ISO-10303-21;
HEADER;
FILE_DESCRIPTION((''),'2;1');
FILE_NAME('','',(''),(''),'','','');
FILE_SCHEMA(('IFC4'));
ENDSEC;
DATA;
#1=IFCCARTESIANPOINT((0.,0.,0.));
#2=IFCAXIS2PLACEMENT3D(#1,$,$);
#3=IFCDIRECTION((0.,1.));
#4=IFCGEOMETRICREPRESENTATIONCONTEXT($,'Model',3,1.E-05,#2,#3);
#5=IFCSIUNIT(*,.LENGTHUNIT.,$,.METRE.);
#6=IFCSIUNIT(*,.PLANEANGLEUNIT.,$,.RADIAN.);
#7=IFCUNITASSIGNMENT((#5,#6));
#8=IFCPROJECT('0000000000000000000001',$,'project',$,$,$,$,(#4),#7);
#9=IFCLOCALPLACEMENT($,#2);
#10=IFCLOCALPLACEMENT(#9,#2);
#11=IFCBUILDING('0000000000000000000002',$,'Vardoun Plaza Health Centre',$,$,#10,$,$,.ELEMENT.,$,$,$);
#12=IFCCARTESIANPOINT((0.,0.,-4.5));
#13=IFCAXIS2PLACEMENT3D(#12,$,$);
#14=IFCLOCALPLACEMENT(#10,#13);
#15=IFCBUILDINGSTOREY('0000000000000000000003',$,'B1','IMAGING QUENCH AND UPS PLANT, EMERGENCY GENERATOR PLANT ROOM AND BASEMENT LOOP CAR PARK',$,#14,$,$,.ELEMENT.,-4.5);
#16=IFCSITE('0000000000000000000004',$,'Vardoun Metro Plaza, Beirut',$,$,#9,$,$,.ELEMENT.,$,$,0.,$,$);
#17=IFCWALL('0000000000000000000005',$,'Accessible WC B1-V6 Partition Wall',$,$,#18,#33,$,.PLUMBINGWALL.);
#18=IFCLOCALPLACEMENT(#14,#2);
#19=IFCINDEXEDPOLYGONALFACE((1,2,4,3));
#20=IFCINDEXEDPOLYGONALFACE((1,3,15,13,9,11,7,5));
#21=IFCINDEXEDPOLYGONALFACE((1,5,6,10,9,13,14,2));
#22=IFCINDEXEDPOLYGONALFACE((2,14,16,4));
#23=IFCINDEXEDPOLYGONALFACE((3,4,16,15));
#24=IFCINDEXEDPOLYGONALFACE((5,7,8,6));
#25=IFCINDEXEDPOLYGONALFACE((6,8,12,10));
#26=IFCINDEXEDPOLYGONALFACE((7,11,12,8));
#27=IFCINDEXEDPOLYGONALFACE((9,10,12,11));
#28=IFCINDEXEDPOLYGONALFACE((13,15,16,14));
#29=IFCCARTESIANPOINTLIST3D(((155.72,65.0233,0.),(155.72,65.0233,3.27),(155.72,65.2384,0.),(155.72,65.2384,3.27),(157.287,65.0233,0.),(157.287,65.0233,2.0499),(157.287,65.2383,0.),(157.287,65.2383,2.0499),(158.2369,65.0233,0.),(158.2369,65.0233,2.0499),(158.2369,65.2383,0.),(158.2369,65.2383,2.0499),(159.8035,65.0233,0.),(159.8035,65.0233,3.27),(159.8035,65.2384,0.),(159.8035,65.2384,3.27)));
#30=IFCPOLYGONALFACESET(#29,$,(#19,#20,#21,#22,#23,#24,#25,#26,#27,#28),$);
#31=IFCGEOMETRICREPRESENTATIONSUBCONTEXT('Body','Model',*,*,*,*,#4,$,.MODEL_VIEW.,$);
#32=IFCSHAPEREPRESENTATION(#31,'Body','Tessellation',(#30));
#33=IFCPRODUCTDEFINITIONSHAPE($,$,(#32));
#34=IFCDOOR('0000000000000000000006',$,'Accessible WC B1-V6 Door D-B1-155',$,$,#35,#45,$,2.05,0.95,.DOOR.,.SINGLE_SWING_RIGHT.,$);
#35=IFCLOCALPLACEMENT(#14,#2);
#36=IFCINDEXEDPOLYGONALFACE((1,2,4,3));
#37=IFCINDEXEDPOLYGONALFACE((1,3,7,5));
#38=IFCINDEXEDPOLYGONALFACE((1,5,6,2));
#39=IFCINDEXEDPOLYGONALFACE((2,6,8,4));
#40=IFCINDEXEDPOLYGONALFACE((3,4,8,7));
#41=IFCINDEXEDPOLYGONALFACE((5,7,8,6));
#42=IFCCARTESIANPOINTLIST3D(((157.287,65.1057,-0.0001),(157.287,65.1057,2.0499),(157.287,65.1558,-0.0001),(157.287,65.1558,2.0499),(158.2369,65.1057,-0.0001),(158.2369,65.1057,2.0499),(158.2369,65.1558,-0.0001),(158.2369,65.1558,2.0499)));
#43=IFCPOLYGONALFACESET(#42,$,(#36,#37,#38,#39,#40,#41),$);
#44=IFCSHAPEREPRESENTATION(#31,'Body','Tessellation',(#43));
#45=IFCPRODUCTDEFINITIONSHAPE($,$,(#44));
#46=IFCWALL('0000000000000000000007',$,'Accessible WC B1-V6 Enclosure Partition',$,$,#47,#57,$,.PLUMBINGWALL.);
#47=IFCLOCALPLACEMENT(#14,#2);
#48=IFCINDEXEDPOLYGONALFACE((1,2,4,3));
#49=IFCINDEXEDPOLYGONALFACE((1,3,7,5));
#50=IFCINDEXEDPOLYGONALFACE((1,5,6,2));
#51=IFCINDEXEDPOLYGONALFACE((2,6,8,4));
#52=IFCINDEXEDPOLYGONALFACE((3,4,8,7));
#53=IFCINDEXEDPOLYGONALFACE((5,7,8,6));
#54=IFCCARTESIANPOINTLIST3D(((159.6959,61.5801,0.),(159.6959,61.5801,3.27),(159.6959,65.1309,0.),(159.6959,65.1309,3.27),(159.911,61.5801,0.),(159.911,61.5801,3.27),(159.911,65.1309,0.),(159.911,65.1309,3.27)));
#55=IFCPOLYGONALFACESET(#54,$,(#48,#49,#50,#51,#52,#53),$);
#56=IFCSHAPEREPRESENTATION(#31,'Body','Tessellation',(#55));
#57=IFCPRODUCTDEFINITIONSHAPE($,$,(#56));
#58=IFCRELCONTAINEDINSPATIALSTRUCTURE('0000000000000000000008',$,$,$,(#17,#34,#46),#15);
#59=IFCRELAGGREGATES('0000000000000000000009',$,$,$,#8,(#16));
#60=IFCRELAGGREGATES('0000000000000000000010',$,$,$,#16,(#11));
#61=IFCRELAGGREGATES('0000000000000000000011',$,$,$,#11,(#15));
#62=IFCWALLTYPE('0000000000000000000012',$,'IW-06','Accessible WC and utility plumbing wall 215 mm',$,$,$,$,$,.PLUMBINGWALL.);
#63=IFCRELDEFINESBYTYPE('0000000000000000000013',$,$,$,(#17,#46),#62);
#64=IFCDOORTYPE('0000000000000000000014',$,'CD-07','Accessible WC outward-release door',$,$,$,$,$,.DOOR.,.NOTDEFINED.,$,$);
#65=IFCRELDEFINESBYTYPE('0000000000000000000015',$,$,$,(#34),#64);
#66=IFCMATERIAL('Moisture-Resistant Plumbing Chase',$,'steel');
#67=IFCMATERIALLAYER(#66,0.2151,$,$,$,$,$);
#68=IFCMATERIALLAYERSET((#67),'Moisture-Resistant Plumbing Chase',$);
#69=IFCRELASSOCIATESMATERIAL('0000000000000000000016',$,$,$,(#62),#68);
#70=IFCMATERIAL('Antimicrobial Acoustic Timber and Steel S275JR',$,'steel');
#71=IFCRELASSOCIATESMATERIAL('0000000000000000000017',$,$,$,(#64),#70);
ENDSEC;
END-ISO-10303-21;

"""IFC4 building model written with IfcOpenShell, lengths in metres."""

from ifc_helpers import new_model, si_unit, direction, frame, frame_2d, origin, place, context, subcontext, project, spatial, rectangle, extrude, material, layer, layer_set, type_object, element, fill, save


model = new_model("IFC4")

# Units and contexts
model_context = context("Model", 3, precision=1e-05, world=origin(), true_north=direction((0.0, 1.0)))
body_context = subcontext(model_context, "Body", "Model", "MODEL_VIEW")
ifc_project = project(units=[si_unit("LENGTHUNIT", "METRE"), si_unit("PLANEANGLEUNIT", "RADIAN")], contexts=[model_context])

# Site, building, storey
site_placement = place(None, origin())
site = spatial("IfcSite", under=ifc_project, at=site_placement, Name="Vardoun Metro Plaza, Beirut", CompositionType="ELEMENT", RefElevation=0.0)
building_placement = place(site_placement, origin())
building = spatial("IfcBuilding", under=site, at=building_placement, Name="Vardoun Plaza Health Centre", CompositionType="ELEMENT")
storey_placement = place(building_placement, frame((0.0, 0.0, -4.5)))
storey = spatial("IfcBuildingStorey", under=building, at=storey_placement, Name="B1", Description="IMAGING QUENCH AND UPS PLANT, EMERGENCY GENERATOR PLANT ROOM AND BASEMENT LOOP CAR PARK", CompositionType="ELEMENT", Elevation=-4.5)

# Wall, opening, door
ifc_material_1 = material(Name="Moisture-Resistant Plumbing Chase", Category="steel")
ifc_layer_1 = layer(ifc_material_1, 0.2151)
ifc_layer_set_1 = layer_set([ifc_layer_1], Name="Moisture-Resistant Plumbing Chase")
wall_type_1 = type_object("IfcWallType", Name="IW-06", Description="Accessible WC and utility plumbing wall 215 mm", PredefinedType="PLUMBINGWALL", material=ifc_layer_set_1)
wall_1_placement = place(storey_placement, frame((155.72, 65.1309, 0.0), z_axis=(0.0, 0.0, 1.0), x_axis=(1.0, 0.0, 0.0)))
wall_1 = element("IfcWall", 1, at=wall_1_placement, inside=storey, type_object=wall_type_1, Name="Accessible WC B1-V6 Partition Wall", PredefinedType="PLUMBINGWALL", context=body_context, shape_type="SweptSolid", body=[
    extrude(rectangle(XDim=4.0835, YDim=0.2151, at=frame_2d((2.0417, 0.0))), origin(), (0.0, 0.0, 1.0), 3.27),
])
opening_1_placement = place(wall_1_placement, frame((1.5669, 0.0, 0.0)))
opening_1 = element("IfcOpeningElement", 2, at=opening_1_placement, cuts=wall_1, PredefinedType="OPENING", context=body_context, shape_type="SweptSolid", body=[
    extrude(rectangle(XDim=0.95, YDim=2.05, at=frame_2d((0.4751, 1.0249))), frame((0.0, 0.1074, 0.0), z_axis=(0.0, -1.0, 0.0), x_axis=(1.0, 0.0, 0.0)), (0.0, 0.0, 1.0), 0.2151),
])
ifc_material_2 = material(Name="Antimicrobial Acoustic Timber and Steel S275JR", Category="steel")
door_type_1 = type_object("IfcDoorType", Name="CD-07", Description="Accessible WC outward-release door", OperationType="NOTDEFINED", PredefinedType="DOOR", material=ifc_material_2)
door_1_placement = place(opening_1_placement, origin())
door_1 = element("IfcDoor", 3, at=door_1_placement, inside=storey, type_object=door_type_1, Name="Accessible WC B1-V6 Door D-B1-155", OperationType="SINGLE_SWING_RIGHT", OverallHeight=2.05, OverallWidth=0.95, PredefinedType="DOOR", context=body_context, shape_type="SweptSolid", body=[
    extrude(rectangle(XDim=0.95, YDim=2.05, at=frame_2d((0.4751, 1.0249))), frame((0.0, 0.0249, 0.0), z_axis=(0.0, -1.0, 0.0), x_axis=(1.0, 0.0, 0.0)), (0.0, 0.0, 1.0), 0.05),
])
fill(opening_1, door_1)

# Wall
wall_2_placement = place(storey_placement, frame((159.8035, 65.1309, 0.0), z_axis=(0.0, 0.0, 1.0), x_axis=(0.0, -1.0, 0.0)))
element("IfcWall", 4, at=wall_2_placement, inside=storey, type_object=wall_type_1, Name="Accessible WC B1-V6 Enclosure Partition", PredefinedType="PLUMBINGWALL", context=body_context, shape_type="SweptSolid", body=[
    extrude(rectangle(XDim=3.5508, YDim=0.2151, at=frame_2d((1.7754, 0.0))), origin(), (0.0, 0.0, 1.0), 3.27),
])

save(model, "model.ifc")
